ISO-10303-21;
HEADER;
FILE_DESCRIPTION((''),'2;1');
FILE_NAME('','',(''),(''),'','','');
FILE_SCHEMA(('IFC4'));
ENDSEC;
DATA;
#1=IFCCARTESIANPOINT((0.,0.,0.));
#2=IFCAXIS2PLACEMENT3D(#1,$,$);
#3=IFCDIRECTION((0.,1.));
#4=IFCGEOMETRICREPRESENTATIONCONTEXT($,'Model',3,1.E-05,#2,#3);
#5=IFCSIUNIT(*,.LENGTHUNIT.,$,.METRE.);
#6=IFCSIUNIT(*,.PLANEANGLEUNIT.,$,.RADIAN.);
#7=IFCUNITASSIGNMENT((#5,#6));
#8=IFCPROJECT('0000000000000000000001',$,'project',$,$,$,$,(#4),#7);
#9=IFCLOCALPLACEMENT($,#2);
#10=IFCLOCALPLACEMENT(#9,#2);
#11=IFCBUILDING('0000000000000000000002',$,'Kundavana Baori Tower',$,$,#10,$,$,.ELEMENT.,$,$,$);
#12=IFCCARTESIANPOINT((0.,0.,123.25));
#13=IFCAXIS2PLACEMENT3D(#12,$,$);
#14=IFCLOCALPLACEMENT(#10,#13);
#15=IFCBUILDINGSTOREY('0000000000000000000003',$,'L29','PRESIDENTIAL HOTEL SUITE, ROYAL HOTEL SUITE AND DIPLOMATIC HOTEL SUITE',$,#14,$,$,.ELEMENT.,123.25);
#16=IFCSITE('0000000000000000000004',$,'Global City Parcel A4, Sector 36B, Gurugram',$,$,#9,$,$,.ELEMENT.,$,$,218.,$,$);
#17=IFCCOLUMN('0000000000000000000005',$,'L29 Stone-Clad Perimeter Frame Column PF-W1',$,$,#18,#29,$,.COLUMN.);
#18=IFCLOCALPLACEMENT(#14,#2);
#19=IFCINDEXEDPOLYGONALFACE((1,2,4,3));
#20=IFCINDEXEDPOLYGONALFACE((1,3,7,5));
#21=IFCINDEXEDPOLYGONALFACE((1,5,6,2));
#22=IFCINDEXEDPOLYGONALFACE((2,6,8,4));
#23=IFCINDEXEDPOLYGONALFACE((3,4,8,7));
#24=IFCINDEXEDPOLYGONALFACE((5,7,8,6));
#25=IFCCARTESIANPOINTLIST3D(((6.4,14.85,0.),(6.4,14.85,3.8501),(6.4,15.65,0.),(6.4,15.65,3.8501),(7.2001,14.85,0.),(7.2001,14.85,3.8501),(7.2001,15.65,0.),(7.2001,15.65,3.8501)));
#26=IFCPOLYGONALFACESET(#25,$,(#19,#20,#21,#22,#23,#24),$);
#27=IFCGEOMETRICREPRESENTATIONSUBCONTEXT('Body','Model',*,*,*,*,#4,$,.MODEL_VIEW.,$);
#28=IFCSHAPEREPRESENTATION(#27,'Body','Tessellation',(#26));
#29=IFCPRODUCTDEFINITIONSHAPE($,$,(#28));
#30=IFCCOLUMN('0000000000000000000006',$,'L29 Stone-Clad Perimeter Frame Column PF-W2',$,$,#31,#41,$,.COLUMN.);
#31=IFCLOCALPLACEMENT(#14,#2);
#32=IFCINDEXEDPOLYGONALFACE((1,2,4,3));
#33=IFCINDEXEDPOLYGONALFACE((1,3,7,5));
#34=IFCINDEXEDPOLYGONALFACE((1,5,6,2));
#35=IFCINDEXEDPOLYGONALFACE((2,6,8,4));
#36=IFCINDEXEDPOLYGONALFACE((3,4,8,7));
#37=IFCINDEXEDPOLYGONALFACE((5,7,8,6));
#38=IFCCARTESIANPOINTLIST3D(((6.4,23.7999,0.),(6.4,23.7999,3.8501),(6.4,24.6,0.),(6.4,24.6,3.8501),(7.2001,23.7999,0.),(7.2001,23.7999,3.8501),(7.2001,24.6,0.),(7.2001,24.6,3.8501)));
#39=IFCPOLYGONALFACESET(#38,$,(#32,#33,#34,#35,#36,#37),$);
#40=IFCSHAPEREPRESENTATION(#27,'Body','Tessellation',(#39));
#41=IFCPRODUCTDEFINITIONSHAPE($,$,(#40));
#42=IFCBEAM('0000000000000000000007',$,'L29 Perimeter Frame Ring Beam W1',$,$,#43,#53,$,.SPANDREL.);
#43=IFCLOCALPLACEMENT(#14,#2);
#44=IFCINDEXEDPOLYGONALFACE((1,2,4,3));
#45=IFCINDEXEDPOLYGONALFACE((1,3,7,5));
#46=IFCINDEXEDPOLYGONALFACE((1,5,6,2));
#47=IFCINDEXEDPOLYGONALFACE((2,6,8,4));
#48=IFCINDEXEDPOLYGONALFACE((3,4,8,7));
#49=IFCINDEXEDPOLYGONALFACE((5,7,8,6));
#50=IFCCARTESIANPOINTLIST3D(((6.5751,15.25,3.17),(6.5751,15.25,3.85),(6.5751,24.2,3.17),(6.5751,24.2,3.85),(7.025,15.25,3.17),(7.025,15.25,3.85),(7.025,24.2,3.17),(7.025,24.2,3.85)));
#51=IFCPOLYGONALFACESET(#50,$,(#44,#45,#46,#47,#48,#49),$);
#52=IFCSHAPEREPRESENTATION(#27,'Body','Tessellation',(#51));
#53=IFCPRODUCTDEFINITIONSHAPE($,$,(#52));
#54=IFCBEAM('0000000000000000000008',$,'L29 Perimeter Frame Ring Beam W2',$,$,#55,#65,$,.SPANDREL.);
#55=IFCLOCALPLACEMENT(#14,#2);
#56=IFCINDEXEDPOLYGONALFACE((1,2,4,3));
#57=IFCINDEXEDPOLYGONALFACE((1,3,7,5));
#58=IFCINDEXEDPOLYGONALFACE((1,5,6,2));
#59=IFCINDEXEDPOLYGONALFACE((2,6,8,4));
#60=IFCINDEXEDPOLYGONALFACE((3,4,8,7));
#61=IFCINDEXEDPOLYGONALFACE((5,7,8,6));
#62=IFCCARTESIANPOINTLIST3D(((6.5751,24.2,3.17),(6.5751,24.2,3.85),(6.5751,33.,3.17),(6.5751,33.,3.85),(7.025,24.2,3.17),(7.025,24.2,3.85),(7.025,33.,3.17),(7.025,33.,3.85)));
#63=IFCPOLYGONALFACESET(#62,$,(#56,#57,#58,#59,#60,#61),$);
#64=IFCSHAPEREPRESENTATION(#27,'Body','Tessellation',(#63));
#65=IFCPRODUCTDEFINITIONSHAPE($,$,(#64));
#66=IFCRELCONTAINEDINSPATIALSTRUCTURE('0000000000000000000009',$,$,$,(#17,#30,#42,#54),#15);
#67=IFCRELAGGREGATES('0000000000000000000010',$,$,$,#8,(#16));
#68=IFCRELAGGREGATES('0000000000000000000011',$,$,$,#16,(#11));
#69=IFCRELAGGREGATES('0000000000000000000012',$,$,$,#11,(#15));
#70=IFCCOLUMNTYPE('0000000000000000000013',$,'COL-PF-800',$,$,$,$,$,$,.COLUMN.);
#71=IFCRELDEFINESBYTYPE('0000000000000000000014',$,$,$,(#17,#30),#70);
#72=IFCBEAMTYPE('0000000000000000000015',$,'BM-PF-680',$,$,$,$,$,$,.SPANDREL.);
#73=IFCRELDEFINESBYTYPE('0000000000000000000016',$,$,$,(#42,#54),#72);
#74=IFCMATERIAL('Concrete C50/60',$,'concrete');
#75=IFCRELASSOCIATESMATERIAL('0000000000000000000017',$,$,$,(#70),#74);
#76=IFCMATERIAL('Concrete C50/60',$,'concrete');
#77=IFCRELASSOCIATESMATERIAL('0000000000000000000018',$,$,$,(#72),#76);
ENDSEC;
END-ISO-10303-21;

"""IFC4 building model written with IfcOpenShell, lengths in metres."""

from ifc_helpers import new_model, si_unit, direction, frame, origin, origin_2d, place, context, subcontext, project, spatial, rectangle, extrude, material, material_profile, profile_set, type_object, element, save


model = new_model("IFC4")

# Units and contexts
model_context = context("Model", 3, precision=1e-05, world=origin(), true_north=direction((0.0, 1.0)))
body_context = subcontext(model_context, "Body", "Model", "MODEL_VIEW")
ifc_project = project(units=[si_unit("LENGTHUNIT", "METRE"), si_unit("PLANEANGLEUNIT", "RADIAN")], contexts=[model_context])

# Site, building, storey
site_placement = place(None, origin())
site = spatial("IfcSite", under=ifc_project, at=site_placement, Name="Global City Parcel A4, Sector 36B, Gurugram", CompositionType="ELEMENT", RefElevation=218.0)
building_placement = place(site_placement, origin())
building = spatial("IfcBuilding", under=site, at=building_placement, Name="Kundavana Baori Tower", CompositionType="ELEMENT")
storey_placement = place(building_placement, frame((0.0, 0.0, 123.25)))
storey = spatial("IfcBuildingStorey", under=building, at=storey_placement, Name="L29", Description="PRESIDENTIAL HOTEL SUITE, ROYAL HOTEL SUITE AND DIPLOMATIC HOTEL SUITE", CompositionType="ELEMENT", Elevation=123.25)

# Columns
ifc_material_1 = material(Name="Concrete C50/60", Category="concrete")
ifc_material_profile_1 = material_profile(ifc_material_1, rectangle(XDim=0.8, YDim=0.8, at=origin_2d()), Name="RC PF 800x800")
ifc_profile_set_1 = profile_set([ifc_material_profile_1], Name="Concrete C50/60")
column_type = type_object("IfcColumnType", Name="COL-PF-800", PredefinedType="COLUMN", material=ifc_profile_set_1)
for number, where, z_axis, x_axis, name in (
    (1, (6.8, 15.25, 0.0), (0.0, 0.0, 1.0), (1.0, 0.0, 0.0), "L29 Stone-Clad Perimeter Frame Column PF-W1"),
    (2, (6.8, 24.2, 0.0), (0.0, 0.0, 1.0), (1.0, 0.0, 0.0), "L29 Stone-Clad Perimeter Frame Column PF-W2"),
):
    element("IfcColumn", number, at=place(storey_placement, frame(where, z_axis=z_axis, x_axis=x_axis)), inside=storey, type_object=column_type, Name=name, PredefinedType="COLUMN", context=body_context, shape_type="SweptSolid", body=[
        extrude(rectangle(XDim=0.8, YDim=0.8, at=origin_2d()), origin(), (0.0, 0.0, 1.0), 3.8501),
    ])

# Beams
ifc_material_2 = material(Name="Concrete C50/60", Category="concrete")
ifc_material_profile_2 = material_profile(ifc_material_2, rectangle(XDim=0.45, YDim=0.6799, at=origin_2d()), Name="RC BM 450x680")
ifc_profile_set_2 = profile_set([ifc_material_profile_2], Name="Concrete C50/60")
beam_type = type_object("IfcBeamType", Name="BM-PF-680", PredefinedType="SPANDREL", material=ifc_profile_set_2)
beam_1_placement = place(storey_placement, frame((6.8, 15.25, 3.51), z_axis=(0.0, 1.0, 0.0), x_axis=(-1.0, 0.0, 0.0)))
element("IfcBeam", 3, at=beam_1_placement, inside=storey, type_object=beam_type, Name="L29 Perimeter Frame Ring Beam W1", PredefinedType="SPANDREL", context=body_context, shape_type="SweptSolid", body=[
    extrude(rectangle(XDim=0.45, YDim=0.6799, at=origin_2d()), origin(), (0.0, 0.0, 1.0), 8.95),
])
beam_2_placement = place(storey_placement, frame((6.8, 24.2, 3.51), z_axis=(0.0, 1.0, 0.0), x_axis=(-1.0, 0.0, 0.0)))
element("IfcBeam", 4, at=beam_2_placement, inside=storey, type_object=beam_type, Name="L29 Perimeter Frame Ring Beam W2", PredefinedType="SPANDREL", context=body_context, shape_type="SweptSolid", body=[
    extrude(rectangle(XDim=0.45, YDim=0.6799, at=origin_2d()), origin(), (0.0, 0.0, 1.0), 8.8),
])

save(model, "model.ifc")
